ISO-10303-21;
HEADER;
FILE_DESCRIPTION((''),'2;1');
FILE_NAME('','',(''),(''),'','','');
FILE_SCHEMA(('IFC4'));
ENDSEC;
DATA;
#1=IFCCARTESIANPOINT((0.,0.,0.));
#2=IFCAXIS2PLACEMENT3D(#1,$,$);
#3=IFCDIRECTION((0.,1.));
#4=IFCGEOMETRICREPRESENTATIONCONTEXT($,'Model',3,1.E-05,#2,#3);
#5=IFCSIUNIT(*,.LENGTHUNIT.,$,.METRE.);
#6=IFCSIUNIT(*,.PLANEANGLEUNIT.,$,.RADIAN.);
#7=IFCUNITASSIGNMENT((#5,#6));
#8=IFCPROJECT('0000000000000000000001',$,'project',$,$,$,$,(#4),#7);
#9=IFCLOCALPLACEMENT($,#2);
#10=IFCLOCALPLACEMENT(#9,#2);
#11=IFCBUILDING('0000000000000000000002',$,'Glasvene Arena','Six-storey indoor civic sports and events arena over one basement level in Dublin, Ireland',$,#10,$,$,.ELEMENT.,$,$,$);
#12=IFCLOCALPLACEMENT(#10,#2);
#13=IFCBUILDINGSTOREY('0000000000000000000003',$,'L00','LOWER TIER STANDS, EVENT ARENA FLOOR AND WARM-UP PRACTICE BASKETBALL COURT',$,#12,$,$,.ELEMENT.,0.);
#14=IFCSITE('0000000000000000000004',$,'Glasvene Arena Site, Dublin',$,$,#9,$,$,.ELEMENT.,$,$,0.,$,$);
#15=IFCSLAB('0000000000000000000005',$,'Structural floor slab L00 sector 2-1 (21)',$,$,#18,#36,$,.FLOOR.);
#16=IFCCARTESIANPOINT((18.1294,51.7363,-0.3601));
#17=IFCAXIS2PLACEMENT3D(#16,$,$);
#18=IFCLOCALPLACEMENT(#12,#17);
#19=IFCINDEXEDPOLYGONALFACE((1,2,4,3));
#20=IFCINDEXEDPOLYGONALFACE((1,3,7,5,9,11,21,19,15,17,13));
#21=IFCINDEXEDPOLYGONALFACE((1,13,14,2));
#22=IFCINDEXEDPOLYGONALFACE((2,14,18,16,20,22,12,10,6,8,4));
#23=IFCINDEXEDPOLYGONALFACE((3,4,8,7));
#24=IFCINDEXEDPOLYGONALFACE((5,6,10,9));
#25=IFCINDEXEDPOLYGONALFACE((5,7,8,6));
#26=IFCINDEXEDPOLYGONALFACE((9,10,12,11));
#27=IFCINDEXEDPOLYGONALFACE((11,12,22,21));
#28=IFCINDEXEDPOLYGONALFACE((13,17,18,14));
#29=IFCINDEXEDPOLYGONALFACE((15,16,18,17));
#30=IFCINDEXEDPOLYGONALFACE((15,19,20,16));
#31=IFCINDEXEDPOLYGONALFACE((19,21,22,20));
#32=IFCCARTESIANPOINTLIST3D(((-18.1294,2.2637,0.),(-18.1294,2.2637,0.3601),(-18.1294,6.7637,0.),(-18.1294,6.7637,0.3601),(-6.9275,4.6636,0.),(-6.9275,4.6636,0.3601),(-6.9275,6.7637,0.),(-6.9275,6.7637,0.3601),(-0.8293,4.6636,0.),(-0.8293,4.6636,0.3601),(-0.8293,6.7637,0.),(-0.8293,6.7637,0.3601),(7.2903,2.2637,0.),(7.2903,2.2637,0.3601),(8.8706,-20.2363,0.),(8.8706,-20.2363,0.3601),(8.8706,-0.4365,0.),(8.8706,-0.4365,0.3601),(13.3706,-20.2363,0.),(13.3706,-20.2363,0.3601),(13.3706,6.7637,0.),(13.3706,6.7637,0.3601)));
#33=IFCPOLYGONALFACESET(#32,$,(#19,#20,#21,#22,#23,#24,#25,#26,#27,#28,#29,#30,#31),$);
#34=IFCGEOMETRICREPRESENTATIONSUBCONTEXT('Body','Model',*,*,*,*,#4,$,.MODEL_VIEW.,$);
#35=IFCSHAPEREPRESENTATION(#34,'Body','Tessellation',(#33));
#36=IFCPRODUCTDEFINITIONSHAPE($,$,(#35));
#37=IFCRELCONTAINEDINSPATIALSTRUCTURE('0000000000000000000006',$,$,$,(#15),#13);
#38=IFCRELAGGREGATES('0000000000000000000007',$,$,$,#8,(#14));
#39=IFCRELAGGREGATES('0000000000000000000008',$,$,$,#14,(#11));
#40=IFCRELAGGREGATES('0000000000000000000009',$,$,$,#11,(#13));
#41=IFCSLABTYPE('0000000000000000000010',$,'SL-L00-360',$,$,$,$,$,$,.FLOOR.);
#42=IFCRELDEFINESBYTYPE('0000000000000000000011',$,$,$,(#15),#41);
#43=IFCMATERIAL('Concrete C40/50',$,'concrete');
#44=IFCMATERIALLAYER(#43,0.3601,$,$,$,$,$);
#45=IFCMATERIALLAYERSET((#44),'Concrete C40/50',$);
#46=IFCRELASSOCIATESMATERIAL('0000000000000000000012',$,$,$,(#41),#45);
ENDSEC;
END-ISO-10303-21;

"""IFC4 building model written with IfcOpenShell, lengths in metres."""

from ifc_helpers import new_model, si_unit, direction, frame, origin, place, context, subcontext, project, spatial, polyline, outline, extrude, material, layer, layer_set, type_object, element, save


model = new_model("IFC4")

# Units and contexts
model_context = context("Model", 3, precision=1e-05, world=origin(), true_north=direction((0.0, 1.0)))
body_context = subcontext(model_context, "Body", "Model", "MODEL_VIEW")
ifc_project = project(units=[si_unit("LENGTHUNIT", "METRE"), si_unit("PLANEANGLEUNIT", "RADIAN")], contexts=[model_context])

# Site, building, storey
site_placement = place(None, origin())
site = spatial("IfcSite", under=ifc_project, at=site_placement, Name="Glasvene Arena Site, Dublin", CompositionType="ELEMENT", RefElevation=0.0)
building_placement = place(site_placement, origin())
building = spatial("IfcBuilding", under=site, at=building_placement, Name="Glasvene Arena", Description="Six-storey indoor civic sports and events arena over one basement level in Dublin, Ireland", CompositionType="ELEMENT")
storey_placement = place(building_placement, origin())
storey = spatial("IfcBuildingStorey", under=building, at=storey_placement, Name="L00", Description="LOWER TIER STANDS, EVENT ARENA FLOOR AND WARM-UP PRACTICE BASKETBALL COURT", CompositionType="ELEMENT", Elevation=0.0)

# Slab
ifc_material_1 = material(Name="Concrete C40/50", Category="concrete")
ifc_layer_1 = layer(ifc_material_1, 0.3601)
ifc_layer_set_1 = layer_set([ifc_layer_1], Name="Concrete C40/50")
slab_type = type_object("IfcSlabType", Name="SL-L00-360", PredefinedType="FLOOR", material=ifc_layer_set_1)
slab_placement = place(storey_placement, frame((18.1294, 51.7363, -0.3601)))
element("IfcSlab", 1, at=slab_placement, inside=storey, type_object=slab_type, Name="Structural floor slab L00 sector 2-1 (21)", PredefinedType="FLOOR", context=body_context, shape_type="SweptSolid", body=[
    extrude(outline(polyline([(-18.1294, 6.7637), (-6.9275, 6.7637), (-6.9275, 4.6636), (-0.8293, 4.6636), (-0.8293, 6.7637), (13.3706, 6.7637), (13.3706, -20.2363), (8.8706, -20.2363), (8.8706, -0.4365), (7.2903, 2.2637), (-18.1294, 2.2637), (-18.1294, 6.7637)])), origin(), (0.0, 0.0, 1.0), 0.3601),
])

save(model, "model.ifc")
